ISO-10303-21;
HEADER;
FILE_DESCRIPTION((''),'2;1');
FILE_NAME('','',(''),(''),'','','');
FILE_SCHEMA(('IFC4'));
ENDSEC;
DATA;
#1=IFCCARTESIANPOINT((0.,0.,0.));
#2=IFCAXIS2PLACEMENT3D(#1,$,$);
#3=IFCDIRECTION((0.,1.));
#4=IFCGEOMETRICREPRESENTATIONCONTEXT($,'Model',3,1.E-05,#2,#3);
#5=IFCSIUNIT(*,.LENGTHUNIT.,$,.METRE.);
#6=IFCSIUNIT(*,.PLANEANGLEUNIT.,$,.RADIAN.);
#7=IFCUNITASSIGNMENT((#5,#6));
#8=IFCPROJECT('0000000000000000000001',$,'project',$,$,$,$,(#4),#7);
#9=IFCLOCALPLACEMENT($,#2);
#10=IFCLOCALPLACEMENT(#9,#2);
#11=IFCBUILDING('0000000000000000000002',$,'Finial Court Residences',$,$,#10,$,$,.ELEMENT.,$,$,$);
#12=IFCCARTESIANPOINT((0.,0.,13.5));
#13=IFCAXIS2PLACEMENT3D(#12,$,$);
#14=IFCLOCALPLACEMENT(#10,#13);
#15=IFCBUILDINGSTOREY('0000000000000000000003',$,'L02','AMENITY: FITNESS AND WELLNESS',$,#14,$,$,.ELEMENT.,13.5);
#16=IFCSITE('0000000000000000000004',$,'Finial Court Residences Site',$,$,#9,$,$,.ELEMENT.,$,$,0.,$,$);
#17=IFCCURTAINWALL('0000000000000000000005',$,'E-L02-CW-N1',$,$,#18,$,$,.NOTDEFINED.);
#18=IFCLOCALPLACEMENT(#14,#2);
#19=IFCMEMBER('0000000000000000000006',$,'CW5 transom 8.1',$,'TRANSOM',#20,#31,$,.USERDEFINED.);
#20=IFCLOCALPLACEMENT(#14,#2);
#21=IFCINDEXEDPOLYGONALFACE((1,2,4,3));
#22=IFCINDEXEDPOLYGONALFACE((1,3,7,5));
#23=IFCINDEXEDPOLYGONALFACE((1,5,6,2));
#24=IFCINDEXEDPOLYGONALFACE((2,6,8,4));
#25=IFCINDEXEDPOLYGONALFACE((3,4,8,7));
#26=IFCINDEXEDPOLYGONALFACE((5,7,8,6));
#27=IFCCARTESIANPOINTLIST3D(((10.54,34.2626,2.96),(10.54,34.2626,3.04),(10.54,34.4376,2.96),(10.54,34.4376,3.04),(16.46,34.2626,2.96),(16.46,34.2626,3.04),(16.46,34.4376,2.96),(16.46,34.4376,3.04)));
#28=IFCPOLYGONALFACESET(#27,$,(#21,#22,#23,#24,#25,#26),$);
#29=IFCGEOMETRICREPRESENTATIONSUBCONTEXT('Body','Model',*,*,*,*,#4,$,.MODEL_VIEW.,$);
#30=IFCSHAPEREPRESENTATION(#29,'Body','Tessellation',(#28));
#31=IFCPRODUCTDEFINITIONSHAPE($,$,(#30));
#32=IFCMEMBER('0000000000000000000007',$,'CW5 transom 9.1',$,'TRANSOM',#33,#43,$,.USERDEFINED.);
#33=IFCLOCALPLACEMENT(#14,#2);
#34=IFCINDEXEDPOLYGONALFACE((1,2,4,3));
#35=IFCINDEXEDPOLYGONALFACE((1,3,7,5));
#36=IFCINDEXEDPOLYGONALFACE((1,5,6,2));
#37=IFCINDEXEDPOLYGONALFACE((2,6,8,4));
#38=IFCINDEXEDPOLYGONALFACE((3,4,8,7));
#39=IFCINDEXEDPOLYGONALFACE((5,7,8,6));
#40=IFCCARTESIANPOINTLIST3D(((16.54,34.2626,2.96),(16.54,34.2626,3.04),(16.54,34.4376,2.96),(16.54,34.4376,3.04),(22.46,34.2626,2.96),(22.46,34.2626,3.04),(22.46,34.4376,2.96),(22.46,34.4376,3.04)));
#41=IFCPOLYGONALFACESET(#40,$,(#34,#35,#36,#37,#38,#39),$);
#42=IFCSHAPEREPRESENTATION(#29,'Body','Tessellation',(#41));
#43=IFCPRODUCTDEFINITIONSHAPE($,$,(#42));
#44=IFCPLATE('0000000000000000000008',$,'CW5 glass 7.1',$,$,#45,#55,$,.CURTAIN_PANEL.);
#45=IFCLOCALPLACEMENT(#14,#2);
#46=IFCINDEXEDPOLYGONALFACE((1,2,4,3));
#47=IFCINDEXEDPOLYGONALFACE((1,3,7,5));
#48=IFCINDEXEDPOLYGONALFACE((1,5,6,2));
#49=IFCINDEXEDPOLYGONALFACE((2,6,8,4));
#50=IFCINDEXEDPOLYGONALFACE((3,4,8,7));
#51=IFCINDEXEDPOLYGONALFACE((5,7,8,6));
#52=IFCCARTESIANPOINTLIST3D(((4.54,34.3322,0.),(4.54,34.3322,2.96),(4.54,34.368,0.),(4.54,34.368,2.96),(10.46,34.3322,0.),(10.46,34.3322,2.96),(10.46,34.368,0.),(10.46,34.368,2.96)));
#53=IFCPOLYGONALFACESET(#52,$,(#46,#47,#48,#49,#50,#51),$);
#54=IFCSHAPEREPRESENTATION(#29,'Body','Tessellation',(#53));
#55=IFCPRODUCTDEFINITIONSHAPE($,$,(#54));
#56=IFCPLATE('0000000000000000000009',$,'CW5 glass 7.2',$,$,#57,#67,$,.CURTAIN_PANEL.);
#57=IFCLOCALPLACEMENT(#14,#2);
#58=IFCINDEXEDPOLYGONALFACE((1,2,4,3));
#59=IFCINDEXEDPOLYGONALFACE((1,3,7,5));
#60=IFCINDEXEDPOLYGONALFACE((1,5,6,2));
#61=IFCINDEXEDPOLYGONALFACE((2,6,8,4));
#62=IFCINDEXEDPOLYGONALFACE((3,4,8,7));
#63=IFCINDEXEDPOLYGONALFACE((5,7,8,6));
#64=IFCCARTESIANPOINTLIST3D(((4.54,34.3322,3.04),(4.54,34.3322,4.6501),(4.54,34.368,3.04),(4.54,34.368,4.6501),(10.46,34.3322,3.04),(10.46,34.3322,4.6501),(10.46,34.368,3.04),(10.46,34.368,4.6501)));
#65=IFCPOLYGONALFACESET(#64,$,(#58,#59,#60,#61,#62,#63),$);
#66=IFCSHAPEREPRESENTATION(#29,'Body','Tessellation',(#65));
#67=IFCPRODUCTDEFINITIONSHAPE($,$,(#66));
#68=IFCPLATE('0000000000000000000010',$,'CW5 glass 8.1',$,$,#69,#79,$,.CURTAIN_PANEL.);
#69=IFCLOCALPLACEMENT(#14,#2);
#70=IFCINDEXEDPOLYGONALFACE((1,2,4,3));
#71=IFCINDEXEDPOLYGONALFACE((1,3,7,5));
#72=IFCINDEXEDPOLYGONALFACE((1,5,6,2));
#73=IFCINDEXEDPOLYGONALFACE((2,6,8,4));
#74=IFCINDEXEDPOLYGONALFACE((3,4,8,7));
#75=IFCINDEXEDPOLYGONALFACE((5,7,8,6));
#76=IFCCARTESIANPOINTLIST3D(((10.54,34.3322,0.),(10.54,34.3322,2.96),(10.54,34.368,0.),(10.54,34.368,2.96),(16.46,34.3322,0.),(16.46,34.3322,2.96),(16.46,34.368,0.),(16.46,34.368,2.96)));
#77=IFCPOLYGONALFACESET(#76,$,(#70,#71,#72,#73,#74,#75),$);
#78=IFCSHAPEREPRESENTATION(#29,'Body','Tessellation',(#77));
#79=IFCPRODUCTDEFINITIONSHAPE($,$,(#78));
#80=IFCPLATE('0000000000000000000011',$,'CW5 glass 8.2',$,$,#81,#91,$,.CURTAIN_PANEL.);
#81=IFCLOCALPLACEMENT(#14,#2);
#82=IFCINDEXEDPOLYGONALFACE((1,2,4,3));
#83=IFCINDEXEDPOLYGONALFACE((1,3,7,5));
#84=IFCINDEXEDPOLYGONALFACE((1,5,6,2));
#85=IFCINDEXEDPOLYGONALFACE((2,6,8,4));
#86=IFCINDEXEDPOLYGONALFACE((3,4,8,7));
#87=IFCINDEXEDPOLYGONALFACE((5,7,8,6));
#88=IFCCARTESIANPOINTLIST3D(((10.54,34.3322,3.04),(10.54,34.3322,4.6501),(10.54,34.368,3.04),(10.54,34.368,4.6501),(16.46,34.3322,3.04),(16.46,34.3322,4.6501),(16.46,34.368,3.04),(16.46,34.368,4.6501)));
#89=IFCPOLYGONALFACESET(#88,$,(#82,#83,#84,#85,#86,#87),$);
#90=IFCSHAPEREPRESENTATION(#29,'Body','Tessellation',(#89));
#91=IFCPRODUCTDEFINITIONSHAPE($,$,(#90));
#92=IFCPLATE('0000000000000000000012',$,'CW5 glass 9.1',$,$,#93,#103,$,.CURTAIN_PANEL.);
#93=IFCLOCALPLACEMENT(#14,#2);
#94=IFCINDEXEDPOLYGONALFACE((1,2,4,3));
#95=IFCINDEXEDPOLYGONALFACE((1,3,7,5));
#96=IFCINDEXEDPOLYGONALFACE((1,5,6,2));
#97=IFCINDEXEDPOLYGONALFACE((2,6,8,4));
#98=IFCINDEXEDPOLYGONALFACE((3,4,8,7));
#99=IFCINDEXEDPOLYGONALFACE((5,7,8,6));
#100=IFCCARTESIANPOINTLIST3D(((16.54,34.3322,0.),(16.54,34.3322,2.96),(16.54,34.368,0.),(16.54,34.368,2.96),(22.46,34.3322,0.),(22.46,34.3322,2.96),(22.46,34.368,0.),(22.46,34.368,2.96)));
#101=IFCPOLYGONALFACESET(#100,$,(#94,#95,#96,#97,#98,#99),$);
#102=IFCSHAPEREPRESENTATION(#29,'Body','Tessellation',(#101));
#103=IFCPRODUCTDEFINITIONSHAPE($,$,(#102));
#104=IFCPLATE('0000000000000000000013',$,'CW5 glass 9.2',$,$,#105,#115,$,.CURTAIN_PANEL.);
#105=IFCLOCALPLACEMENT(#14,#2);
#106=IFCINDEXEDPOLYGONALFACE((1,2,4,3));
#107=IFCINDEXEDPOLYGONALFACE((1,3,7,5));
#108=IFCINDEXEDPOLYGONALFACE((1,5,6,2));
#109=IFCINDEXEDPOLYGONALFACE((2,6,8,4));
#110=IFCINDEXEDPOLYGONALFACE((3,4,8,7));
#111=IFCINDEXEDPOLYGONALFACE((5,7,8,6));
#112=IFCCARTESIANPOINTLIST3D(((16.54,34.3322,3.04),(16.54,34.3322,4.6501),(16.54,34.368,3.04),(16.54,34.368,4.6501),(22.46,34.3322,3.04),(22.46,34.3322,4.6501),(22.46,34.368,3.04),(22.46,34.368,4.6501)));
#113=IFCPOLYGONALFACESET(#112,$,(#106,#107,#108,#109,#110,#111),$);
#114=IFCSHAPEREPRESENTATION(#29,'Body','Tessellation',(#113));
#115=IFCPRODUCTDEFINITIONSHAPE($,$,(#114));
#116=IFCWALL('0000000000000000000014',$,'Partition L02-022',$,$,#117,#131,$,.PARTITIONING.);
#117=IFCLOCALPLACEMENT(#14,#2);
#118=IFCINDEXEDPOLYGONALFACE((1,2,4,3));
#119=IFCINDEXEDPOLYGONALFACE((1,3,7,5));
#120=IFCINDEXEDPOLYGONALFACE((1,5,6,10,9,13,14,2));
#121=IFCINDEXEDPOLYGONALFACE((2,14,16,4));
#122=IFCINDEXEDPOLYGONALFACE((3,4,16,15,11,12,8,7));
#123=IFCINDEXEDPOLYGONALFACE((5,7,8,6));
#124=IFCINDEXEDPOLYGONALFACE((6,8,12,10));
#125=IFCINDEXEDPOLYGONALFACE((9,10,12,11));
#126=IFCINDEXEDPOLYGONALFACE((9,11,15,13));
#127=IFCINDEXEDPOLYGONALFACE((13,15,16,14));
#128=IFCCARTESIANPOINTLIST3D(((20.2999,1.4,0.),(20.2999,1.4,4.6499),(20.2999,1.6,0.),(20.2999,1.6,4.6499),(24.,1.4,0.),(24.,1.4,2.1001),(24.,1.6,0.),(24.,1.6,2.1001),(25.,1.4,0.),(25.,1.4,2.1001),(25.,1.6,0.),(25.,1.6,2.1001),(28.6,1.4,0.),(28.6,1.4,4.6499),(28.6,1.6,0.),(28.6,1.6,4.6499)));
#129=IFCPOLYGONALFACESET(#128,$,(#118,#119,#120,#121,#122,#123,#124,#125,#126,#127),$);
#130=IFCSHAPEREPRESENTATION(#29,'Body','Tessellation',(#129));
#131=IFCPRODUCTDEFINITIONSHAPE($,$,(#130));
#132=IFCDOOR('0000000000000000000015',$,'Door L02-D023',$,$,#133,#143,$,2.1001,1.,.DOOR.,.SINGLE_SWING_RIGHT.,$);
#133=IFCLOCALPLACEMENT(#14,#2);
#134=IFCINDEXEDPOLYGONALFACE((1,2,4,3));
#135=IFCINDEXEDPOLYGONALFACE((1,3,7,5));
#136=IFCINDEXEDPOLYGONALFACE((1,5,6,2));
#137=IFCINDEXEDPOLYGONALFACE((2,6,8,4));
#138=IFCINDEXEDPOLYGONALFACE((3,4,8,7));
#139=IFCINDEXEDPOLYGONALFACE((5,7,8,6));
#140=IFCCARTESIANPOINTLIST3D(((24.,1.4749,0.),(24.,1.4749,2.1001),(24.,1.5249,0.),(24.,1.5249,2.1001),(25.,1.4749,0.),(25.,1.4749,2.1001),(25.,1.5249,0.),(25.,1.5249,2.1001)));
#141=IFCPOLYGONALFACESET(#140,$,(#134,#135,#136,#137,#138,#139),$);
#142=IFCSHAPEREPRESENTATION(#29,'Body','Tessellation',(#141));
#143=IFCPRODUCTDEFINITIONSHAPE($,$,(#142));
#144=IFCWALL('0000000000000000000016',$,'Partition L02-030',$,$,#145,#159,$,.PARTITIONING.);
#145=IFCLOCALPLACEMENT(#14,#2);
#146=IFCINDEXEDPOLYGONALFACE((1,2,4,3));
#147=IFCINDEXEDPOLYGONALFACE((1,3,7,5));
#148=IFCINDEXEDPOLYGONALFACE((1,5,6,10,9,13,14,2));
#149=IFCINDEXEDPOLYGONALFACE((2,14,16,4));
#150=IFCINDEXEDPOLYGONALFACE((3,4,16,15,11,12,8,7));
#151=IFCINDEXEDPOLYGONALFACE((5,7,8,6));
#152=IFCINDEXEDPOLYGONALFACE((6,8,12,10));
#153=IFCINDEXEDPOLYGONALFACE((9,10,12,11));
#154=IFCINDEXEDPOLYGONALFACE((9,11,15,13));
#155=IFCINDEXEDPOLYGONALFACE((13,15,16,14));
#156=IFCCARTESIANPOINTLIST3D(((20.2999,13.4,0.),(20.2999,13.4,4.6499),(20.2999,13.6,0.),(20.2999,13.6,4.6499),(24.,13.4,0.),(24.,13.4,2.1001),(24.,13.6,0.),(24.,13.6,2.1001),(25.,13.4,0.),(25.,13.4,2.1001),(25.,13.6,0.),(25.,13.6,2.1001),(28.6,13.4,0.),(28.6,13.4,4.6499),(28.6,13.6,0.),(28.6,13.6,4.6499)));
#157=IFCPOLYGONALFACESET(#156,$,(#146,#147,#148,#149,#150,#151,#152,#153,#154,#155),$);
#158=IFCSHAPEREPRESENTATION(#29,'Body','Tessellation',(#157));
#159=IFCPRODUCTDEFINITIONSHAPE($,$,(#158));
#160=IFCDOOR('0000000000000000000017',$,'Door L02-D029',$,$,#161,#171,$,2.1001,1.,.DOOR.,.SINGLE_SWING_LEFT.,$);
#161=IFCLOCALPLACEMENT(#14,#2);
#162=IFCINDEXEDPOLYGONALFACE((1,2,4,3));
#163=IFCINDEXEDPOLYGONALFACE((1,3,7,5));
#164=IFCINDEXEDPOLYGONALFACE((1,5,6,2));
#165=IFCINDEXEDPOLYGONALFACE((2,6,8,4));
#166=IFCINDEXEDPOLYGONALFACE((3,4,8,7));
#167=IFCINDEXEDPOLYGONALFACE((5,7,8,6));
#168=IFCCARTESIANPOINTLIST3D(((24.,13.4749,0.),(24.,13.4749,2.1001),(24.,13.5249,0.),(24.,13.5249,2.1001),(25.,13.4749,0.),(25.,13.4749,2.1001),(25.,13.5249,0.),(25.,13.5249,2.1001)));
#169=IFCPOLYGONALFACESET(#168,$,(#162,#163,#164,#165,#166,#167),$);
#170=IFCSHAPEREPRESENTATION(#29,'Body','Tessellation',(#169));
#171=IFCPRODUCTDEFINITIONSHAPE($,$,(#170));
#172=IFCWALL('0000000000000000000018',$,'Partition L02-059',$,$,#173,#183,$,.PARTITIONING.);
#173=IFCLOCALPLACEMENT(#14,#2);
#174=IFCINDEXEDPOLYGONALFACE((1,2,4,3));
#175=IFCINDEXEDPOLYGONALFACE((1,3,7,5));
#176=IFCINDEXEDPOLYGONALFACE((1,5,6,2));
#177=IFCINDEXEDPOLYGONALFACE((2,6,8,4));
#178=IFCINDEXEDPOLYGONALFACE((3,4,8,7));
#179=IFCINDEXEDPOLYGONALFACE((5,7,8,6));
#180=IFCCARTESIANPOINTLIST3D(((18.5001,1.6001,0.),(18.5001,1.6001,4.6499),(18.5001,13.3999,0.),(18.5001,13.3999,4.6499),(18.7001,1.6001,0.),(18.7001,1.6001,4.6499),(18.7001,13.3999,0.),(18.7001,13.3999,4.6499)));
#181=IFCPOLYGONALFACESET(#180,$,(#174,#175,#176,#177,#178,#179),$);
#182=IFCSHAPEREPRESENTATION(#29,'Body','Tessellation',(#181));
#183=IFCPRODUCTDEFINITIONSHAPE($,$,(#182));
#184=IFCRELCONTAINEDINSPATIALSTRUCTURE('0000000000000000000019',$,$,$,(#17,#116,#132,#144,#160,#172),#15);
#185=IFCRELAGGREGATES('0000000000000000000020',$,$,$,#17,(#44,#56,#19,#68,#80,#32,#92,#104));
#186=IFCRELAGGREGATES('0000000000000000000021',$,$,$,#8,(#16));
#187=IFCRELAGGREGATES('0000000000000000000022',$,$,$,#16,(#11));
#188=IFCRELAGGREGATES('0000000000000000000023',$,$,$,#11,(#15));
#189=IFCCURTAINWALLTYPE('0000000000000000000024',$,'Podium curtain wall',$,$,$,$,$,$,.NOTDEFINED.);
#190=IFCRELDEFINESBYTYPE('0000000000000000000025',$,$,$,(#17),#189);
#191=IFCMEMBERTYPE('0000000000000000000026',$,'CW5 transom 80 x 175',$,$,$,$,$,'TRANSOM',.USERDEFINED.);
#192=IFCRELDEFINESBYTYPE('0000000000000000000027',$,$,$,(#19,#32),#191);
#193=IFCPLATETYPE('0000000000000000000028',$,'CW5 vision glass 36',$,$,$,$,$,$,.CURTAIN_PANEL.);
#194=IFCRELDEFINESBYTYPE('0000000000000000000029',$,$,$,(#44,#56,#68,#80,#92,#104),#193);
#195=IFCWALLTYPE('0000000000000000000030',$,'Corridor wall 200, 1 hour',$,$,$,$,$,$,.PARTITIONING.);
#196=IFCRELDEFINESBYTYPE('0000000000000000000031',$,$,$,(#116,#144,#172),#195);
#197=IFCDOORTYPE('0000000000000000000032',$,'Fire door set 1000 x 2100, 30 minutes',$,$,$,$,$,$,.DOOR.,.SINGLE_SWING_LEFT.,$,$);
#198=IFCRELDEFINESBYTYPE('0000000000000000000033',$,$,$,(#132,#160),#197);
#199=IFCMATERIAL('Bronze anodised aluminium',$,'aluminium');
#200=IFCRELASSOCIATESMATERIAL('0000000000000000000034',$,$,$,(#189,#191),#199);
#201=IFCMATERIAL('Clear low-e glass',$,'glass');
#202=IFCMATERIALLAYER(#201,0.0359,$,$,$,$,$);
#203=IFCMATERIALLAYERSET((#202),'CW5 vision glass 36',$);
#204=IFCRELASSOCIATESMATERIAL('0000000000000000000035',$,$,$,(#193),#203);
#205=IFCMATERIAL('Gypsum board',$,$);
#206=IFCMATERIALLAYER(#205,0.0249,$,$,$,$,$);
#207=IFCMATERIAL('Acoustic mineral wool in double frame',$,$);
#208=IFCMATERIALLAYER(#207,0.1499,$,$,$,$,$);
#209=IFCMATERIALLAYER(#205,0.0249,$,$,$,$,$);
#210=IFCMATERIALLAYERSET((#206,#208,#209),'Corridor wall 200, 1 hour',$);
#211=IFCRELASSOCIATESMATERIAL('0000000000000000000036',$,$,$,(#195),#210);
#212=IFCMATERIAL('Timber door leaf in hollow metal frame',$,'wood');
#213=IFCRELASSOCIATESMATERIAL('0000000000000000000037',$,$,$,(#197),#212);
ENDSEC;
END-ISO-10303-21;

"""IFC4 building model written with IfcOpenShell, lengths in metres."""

from ifc_helpers import new_model, si_unit, direction, frame, frame_2d, origin, origin_2d, place, context, subcontext, project, spatial, rectangle, extrude, material, layer, layer_set, material_profile, profile_set, type_object, element, fill, aggregate, save


model = new_model("IFC4")

# Units and contexts
model_context = context("Model", 3, precision=1e-05, world=origin(), true_north=direction((0.0, 1.0)))
body_context = subcontext(model_context, "Body", "Model", "MODEL_VIEW")
ifc_project = project(units=[si_unit("LENGTHUNIT", "METRE"), si_unit("PLANEANGLEUNIT", "RADIAN")], contexts=[model_context])

# Site, building, storey
site_placement = place(None, origin())
site = spatial("IfcSite", under=ifc_project, at=site_placement, Name="Finial Court Residences Site", CompositionType="ELEMENT", RefElevation=0.0)
building_placement = place(site_placement, origin())
building = spatial("IfcBuilding", under=site, at=building_placement, Name="Finial Court Residences", CompositionType="ELEMENT")
storey_placement = place(building_placement, frame((0.0, 0.0, 13.5)))
storey = spatial("IfcBuildingStorey", under=building, at=storey_placement, Name="L02", Description="AMENITY: FITNESS AND WELLNESS", CompositionType="ELEMENT", Elevation=13.5)

# Curtain wall, members, plates
ifc_material_1 = material(Name="Bronze anodised aluminium", Category="aluminium")
curtain_wall_type = type_object("IfcCurtainWallType", Name="Podium curtain wall", PredefinedType="NOTDEFINED", material=ifc_material_1)
curtain_wall_placement = place(storey_placement, origin())
curtain_wall = element("IfcCurtainWall", 1, at=curtain_wall_placement, inside=storey, type_object=curtain_wall_type, Name="E-L02-CW-N1", PredefinedType="NOTDEFINED")
ifc_material_profile_1 = material_profile(ifc_material_1, rectangle(XDim=0.175, YDim=0.0801, at=origin_2d()), Name="CW5 transom 80 x 175")
ifc_profile_set_1 = profile_set([ifc_material_profile_1], Name="Bronze anodised aluminium")
member_type_1 = type_object("IfcMemberType", Name="CW5 transom 80 x 175", ElementType="TRANSOM", PredefinedType="USERDEFINED", material=ifc_profile_set_1)
member_1_placement = place(storey_placement, frame((10.54, 34.3501, 3.0), z_axis=(1.0, 0.0, 0.0), x_axis=(0.0, 1.0, 0.0)))
member_1 = element("IfcMember", 2, at=member_1_placement, type_object=member_type_1, Name="CW5 transom 8.1", ObjectType="TRANSOM", PredefinedType="USERDEFINED", context=body_context, shape_type="SweptSolid", body=[
    extrude(rectangle(XDim=0.175, YDim=0.0801, at=origin_2d()), origin(), (0.0, 0.0, 1.0), 5.9199),
])
member_2_placement = place(storey_placement, frame((16.54, 34.3501, 3.0), z_axis=(1.0, 0.0, 0.0), x_axis=(0.0, 1.0, 0.0)))
member_2 = element("IfcMember", 3, at=member_2_placement, type_object=member_type_1, Name="CW5 transom 9.1", ObjectType="TRANSOM", PredefinedType="USERDEFINED", context=body_context, shape_type="SweptSolid", body=[
    extrude(rectangle(XDim=0.175, YDim=0.0801, at=origin_2d()), origin(), (0.0, 0.0, 1.0), 5.9199),
])
ifc_material_2 = material(Name="Clear low-e glass", Category="glass")
ifc_layer_1 = layer(ifc_material_2, 0.0359)
ifc_layer_set_1 = layer_set([ifc_layer_1], Name="CW5 vision glass 36")
plate_type = type_object("IfcPlateType", Name="CW5 vision glass 36", PredefinedType="CURTAIN_PANEL", material=ifc_layer_set_1)
plate_1_placement = place(storey_placement, frame((7.5, 34.3501, 0.0), z_axis=(0.0, 0.0, 1.0), x_axis=(1.0, 0.0, 0.0)))
plate_1 = element("IfcPlate", 4, at=plate_1_placement, type_object=plate_type, Name="CW5 glass 7.1", PredefinedType="CURTAIN_PANEL", context=body_context, shape_type="SweptSolid", body=[
    extrude(rectangle(XDim=5.9199, YDim=0.0359, at=origin_2d()), origin(), (0.0, 0.0, 1.0), 2.96),
])
plate_2_placement = place(storey_placement, frame((7.5, 34.3501, 3.04), z_axis=(0.0, 0.0, 1.0), x_axis=(1.0, 0.0, 0.0)))
plate_2 = element("IfcPlate", 5, at=plate_2_placement, type_object=plate_type, Name="CW5 glass 7.2", PredefinedType="CURTAIN_PANEL", context=body_context, shape_type="SweptSolid", body=[
    extrude(rectangle(XDim=5.9199, YDim=0.0359, at=origin_2d()), origin(), (0.0, 0.0, 1.0), 1.6101),
])
plate_3_placement = place(storey_placement, frame((13.5, 34.3501, 0.0), z_axis=(0.0, 0.0, 1.0), x_axis=(1.0, 0.0, 0.0)))
plate_3 = element("IfcPlate", 6, at=plate_3_placement, type_object=plate_type, Name="CW5 glass 8.1", PredefinedType="CURTAIN_PANEL", context=body_context, shape_type="SweptSolid", body=[
    extrude(rectangle(XDim=5.9199, YDim=0.0359, at=origin_2d()), origin(), (0.0, 0.0, 1.0), 2.96),
])
plate_4_placement = place(storey_placement, frame((13.5, 34.3501, 3.04), z_axis=(0.0, 0.0, 1.0), x_axis=(1.0, 0.0, 0.0)))
plate_4 = element("IfcPlate", 7, at=plate_4_placement, type_object=plate_type, Name="CW5 glass 8.2", PredefinedType="CURTAIN_PANEL", context=body_context, shape_type="SweptSolid", body=[
    extrude(rectangle(XDim=5.9199, YDim=0.0359, at=origin_2d()), origin(), (0.0, 0.0, 1.0), 1.6101),
])
plate_5_placement = place(storey_placement, frame((19.5, 34.3501, 0.0), z_axis=(0.0, 0.0, 1.0), x_axis=(1.0, 0.0, 0.0)))
plate_5 = element("IfcPlate", 8, at=plate_5_placement, type_object=plate_type, Name="CW5 glass 9.1", PredefinedType="CURTAIN_PANEL", context=body_context, shape_type="SweptSolid", body=[
    extrude(rectangle(XDim=5.9199, YDim=0.0359, at=origin_2d()), origin(), (0.0, 0.0, 1.0), 2.96),
])
plate_6_placement = place(storey_placement, frame((19.5, 34.3501, 3.04), z_axis=(0.0, 0.0, 1.0), x_axis=(1.0, 0.0, 0.0)))
plate_6 = element("IfcPlate", 9, at=plate_6_placement, type_object=plate_type, Name="CW5 glass 9.2", PredefinedType="CURTAIN_PANEL", context=body_context, shape_type="SweptSolid", body=[
    extrude(rectangle(XDim=5.9199, YDim=0.0359, at=origin_2d()), origin(), (0.0, 0.0, 1.0), 1.6101),
])
aggregate(curtain_wall, [plate_1, plate_2, member_1, plate_3, plate_4, member_2, plate_5, plate_6])

# Walls, openings, doors
ifc_material_3 = material(Name="Gypsum board")
ifc_layer_2 = layer(ifc_material_3, 0.0249)
ifc_material_4 = material(Name="Acoustic mineral wool in double frame")
ifc_layer_3 = layer(ifc_material_4, 0.1499)
ifc_layer_4 = layer(ifc_material_3, 0.0249)
ifc_layer_set_2 = layer_set([ifc_layer_2, ifc_layer_3, ifc_layer_4], Name="Corridor wall 200, 1 hour")
wall_type_1 = type_object("IfcWallType", Name="Corridor wall 200, 1 hour", PredefinedType="PARTITIONING", material=ifc_layer_set_2)
wall_1_placement = place(storey_placement, frame((20.3, 1.5, 0.0), z_axis=(0.0, 0.0, 1.0), x_axis=(1.0, 0.0, 0.0)))
wall_1 = element("IfcWall", 10, at=wall_1_placement, inside=storey, type_object=wall_type_1, Name="Partition L02-022", PredefinedType="PARTITIONING", context=body_context, shape_type="SweptSolid", body=[
    extrude(rectangle(XDim=8.3, YDim=0.2, at=frame_2d((4.1499, 0.0))), origin(), (0.0, 0.0, 1.0), 4.6499),
])
opening_1_placement = place(wall_1_placement, frame((3.7, 0.0, 0.0)))
opening_1 = element("IfcOpeningElement", 11, at=opening_1_placement, cuts=wall_1, PredefinedType="OPENING", context=body_context, shape_type="SweptSolid", body=[
    extrude(rectangle(XDim=1.0, YDim=2.1001, at=frame_2d((0.5, 1.05))), frame((0.0, 0.1099, 0.0), z_axis=(0.0, -1.0, 0.0), x_axis=(1.0, 0.0, 0.0)), (0.0, 0.0, 1.0), 0.22),
])
ifc_material_5 = material(Name="Timber door leaf in hollow metal frame", Category="wood")
door_type = type_object("IfcDoorType", Name="Fire door set 1000 x 2100, 30 minutes", OperationType="SINGLE_SWING_LEFT", PredefinedType="DOOR", material=ifc_material_5)
door_1_placement = place(opening_1_placement, origin())
door_1 = element("IfcDoor", 12, at=door_1_placement, inside=storey, type_object=door_type, Name="Door L02-D023", OperationType="SINGLE_SWING_RIGHT", OverallHeight=2.1001, OverallWidth=1.0, PredefinedType="DOOR", context=body_context, shape_type="SweptSolid", body=[
    extrude(rectangle(XDim=1.0, YDim=2.1001, at=frame_2d((0.5, 1.05))), frame((0.0, 0.0249, 0.0), z_axis=(0.0, -1.0, 0.0), x_axis=(1.0, 0.0, 0.0)), (0.0, 0.0, 1.0), 0.05),
])
fill(opening_1, door_1)
wall_2_placement = place(storey_placement, frame((20.3, 13.5, 0.0), z_axis=(0.0, 0.0, 1.0), x_axis=(1.0, 0.0, 0.0)))
wall_2 = element("IfcWall", 13, at=wall_2_placement, inside=storey, type_object=wall_type_1, Name="Partition L02-030", PredefinedType="PARTITIONING", context=body_context, shape_type="SweptSolid", body=[
    extrude(rectangle(XDim=8.3, YDim=0.2, at=frame_2d((4.1499, 0.0))), origin(), (0.0, 0.0, 1.0), 4.6499),
])
opening_2_placement = place(wall_2_placement, frame((3.7, 0.0, 0.0)))
opening_2 = element("IfcOpeningElement", 14, at=opening_2_placement, cuts=wall_2, PredefinedType="OPENING", context=body_context, shape_type="SweptSolid", body=[
    extrude(rectangle(XDim=1.0, YDim=2.1001, at=frame_2d((0.5, 1.05))), frame((0.0, 0.1099, 0.0), z_axis=(0.0, -1.0, 0.0), x_axis=(1.0, 0.0, 0.0)), (0.0, 0.0, 1.0), 0.22),
])
door_2_placement = place(opening_2_placement, origin())
door_2 = element("IfcDoor", 15, at=door_2_placement, inside=storey, type_object=door_type, Name="Door L02-D029", OperationType="SINGLE_SWING_LEFT", OverallHeight=2.1001, OverallWidth=1.0, PredefinedType="DOOR", context=body_context, shape_type="SweptSolid", body=[
    extrude(rectangle(XDim=1.0, YDim=2.1001, at=frame_2d((0.5, 1.05))), frame((0.0, 0.0249, 0.0), z_axis=(0.0, -1.0, 0.0), x_axis=(1.0, 0.0, 0.0)), (0.0, 0.0, 1.0), 0.05),
])
fill(opening_2, door_2)

# Wall
for number, where, z_axis, x_axis, name in (
    (16, (18.6001, 1.6001, 0.0), (0.0, 0.0, 1.0), (0.0, 1.0, 0.0), "Partition L02-059"),
):
    element("IfcWall", number, at=place(storey_placement, frame(where, z_axis=z_axis, x_axis=x_axis)), inside=storey, type_object=wall_type_1, Name=name, PredefinedType="PARTITIONING", context=body_context, shape_type="SweptSolid", body=[
        extrude(rectangle(XDim=11.7998, YDim=0.2, at=frame_2d((5.8999, 0.0))), origin(), (0.0, 0.0, 1.0), 4.6499),
    ])

save(model, "model.ifc")
